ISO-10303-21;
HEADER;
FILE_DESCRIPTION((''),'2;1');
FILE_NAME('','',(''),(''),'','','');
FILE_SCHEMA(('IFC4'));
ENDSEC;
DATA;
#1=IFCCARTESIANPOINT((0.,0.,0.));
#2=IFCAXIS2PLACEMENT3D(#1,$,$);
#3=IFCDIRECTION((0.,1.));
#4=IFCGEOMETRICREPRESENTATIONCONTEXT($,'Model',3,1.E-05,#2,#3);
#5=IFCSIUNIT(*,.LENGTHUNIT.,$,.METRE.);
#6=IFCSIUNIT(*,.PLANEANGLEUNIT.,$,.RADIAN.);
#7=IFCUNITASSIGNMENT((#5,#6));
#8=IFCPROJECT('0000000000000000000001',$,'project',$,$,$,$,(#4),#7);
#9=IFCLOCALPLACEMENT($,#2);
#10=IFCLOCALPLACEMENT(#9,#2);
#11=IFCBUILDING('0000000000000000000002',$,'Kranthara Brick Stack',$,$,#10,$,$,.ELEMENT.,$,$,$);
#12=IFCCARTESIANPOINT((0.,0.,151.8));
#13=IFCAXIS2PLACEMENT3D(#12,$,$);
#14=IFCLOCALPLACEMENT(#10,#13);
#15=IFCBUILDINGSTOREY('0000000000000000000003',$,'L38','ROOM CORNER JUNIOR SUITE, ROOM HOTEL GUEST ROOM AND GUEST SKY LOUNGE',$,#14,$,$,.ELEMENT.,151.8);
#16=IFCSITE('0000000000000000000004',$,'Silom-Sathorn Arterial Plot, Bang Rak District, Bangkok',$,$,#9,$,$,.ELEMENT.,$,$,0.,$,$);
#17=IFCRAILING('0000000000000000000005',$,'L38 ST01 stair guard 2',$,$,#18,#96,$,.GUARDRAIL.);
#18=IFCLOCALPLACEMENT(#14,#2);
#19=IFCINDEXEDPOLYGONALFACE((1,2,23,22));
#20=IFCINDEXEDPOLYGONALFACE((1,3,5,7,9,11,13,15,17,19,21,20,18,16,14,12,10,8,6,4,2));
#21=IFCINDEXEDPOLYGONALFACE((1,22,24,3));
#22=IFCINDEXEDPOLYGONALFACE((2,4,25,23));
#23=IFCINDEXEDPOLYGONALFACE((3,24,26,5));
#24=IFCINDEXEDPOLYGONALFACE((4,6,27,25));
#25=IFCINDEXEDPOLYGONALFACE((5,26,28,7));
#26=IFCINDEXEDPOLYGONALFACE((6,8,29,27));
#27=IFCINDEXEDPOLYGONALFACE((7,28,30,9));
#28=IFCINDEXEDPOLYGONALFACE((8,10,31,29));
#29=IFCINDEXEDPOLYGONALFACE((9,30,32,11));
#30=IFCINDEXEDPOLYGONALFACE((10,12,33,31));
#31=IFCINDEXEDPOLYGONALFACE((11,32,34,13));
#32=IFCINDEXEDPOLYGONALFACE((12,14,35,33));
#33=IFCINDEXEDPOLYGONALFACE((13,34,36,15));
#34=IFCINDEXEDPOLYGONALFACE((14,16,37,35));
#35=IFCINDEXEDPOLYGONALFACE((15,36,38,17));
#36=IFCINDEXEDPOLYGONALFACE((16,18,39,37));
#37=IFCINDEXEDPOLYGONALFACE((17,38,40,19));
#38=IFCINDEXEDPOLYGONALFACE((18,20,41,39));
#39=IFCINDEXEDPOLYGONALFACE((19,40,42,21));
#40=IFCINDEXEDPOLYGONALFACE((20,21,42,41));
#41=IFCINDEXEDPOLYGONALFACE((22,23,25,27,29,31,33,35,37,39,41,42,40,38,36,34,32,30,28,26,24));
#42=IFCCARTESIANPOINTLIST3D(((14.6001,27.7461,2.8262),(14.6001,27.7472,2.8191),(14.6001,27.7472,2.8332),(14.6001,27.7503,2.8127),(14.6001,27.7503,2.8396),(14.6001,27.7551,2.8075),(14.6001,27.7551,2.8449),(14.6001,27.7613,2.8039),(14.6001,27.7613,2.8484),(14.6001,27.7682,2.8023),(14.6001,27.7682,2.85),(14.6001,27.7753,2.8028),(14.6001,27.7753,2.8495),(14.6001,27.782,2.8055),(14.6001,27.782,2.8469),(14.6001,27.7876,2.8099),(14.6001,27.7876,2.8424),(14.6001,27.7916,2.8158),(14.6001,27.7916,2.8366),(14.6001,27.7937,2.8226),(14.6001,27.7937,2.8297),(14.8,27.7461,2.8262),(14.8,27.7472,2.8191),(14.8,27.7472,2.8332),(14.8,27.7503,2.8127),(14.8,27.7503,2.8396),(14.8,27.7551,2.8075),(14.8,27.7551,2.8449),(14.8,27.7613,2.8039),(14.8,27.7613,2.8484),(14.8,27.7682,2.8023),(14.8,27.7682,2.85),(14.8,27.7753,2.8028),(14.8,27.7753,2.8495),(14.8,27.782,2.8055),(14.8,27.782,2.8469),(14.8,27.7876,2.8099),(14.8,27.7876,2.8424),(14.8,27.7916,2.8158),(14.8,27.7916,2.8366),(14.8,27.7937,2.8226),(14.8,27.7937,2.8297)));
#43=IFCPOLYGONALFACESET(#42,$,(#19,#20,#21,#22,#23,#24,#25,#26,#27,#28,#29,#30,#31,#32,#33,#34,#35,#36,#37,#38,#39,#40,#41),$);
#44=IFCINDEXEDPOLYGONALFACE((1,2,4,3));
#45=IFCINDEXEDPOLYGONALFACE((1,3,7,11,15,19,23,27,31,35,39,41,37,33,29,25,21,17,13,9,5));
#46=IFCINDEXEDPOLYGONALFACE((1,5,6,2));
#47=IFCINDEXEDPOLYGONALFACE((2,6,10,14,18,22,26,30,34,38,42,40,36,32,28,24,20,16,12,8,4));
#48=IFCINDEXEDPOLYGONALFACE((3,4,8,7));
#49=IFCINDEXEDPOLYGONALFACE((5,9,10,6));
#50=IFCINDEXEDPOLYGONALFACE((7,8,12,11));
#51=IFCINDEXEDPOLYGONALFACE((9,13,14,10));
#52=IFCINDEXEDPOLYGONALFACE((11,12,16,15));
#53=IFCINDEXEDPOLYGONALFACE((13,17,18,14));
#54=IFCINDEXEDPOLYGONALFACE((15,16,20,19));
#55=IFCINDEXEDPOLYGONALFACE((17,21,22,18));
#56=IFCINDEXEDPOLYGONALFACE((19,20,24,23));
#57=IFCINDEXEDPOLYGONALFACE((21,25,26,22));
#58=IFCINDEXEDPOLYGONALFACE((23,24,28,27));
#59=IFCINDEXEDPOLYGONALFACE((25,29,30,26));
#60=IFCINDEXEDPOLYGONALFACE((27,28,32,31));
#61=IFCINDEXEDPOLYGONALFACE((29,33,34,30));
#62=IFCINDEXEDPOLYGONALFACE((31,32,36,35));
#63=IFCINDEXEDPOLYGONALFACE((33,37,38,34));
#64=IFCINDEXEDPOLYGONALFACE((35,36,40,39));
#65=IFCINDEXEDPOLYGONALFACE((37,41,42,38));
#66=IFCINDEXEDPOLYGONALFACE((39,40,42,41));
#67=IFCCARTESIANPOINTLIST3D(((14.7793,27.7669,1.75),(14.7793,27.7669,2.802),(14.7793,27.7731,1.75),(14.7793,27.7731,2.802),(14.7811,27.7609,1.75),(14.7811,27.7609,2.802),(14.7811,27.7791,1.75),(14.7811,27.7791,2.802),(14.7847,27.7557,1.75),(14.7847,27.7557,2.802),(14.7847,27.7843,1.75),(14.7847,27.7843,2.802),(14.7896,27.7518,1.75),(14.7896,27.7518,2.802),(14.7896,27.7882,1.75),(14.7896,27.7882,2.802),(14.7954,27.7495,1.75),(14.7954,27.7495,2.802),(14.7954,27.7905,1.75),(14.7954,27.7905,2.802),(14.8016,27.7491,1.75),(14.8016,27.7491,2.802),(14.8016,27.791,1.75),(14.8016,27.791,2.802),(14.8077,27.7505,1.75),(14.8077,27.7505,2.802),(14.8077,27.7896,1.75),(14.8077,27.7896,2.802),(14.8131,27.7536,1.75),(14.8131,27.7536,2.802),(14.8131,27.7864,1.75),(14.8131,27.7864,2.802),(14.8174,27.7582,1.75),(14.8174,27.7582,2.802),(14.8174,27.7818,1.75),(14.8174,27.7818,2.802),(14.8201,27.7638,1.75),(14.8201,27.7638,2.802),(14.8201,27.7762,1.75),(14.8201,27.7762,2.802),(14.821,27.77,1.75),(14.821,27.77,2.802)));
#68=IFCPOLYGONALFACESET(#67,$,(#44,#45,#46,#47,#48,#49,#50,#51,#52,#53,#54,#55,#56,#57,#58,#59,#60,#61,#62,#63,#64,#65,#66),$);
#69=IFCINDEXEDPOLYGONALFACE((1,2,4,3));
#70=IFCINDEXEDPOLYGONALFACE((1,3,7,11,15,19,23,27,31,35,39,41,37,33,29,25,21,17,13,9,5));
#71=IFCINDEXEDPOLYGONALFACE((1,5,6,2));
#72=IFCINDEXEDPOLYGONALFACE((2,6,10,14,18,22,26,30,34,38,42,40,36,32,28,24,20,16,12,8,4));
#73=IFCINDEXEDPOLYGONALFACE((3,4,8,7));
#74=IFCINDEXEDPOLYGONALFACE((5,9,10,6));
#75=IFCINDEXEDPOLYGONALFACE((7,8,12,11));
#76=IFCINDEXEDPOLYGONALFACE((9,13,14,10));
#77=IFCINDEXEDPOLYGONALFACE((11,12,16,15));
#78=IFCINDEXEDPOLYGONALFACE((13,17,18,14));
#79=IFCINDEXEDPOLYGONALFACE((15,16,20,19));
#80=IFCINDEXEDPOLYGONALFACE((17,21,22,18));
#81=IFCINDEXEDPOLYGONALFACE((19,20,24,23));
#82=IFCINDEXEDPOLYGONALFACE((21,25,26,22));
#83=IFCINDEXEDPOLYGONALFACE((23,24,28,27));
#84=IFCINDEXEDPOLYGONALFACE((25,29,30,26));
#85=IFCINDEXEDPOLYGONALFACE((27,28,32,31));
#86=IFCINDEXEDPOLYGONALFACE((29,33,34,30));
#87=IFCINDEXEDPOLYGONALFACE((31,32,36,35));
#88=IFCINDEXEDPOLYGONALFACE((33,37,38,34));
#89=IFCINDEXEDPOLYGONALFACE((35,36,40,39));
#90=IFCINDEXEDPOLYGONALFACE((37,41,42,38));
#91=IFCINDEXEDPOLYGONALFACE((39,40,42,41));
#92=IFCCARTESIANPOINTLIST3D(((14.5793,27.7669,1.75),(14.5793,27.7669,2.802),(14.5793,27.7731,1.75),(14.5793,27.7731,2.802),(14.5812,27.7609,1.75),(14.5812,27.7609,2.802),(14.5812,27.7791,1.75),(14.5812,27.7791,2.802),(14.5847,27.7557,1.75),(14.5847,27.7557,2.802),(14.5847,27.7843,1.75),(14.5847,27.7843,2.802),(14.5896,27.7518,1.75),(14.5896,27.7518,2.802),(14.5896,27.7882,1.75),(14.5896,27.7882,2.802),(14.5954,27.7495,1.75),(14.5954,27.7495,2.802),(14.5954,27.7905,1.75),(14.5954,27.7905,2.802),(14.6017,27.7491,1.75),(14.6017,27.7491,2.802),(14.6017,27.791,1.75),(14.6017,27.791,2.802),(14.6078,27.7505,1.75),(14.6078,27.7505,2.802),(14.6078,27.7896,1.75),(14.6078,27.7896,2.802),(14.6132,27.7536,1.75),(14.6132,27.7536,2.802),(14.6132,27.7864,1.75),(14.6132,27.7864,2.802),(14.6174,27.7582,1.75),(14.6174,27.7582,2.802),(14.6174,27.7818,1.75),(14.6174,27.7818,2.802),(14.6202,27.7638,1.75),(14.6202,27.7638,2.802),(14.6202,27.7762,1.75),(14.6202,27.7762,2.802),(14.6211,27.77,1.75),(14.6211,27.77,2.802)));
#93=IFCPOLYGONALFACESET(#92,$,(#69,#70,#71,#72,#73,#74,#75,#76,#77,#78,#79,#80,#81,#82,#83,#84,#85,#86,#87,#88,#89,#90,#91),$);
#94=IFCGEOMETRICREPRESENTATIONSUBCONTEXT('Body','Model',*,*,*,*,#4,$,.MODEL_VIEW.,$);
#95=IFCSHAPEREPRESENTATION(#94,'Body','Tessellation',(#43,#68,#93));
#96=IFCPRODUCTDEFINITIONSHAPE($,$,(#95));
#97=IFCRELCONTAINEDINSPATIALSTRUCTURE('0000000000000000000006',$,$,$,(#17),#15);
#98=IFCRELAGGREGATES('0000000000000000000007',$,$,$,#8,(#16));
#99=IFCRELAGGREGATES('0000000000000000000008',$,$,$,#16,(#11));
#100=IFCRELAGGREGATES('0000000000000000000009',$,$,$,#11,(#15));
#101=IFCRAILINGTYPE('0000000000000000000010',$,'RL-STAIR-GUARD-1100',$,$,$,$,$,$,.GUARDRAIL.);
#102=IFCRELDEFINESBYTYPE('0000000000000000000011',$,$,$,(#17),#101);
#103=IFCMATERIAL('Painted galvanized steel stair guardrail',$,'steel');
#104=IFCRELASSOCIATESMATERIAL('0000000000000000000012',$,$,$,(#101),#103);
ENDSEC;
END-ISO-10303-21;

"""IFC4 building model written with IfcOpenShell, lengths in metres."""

from ifc_helpers import new_model, si_unit, direction, frame, origin, origin_2d, place, context, subcontext, project, spatial, circle, extrude, material, type_object, element, save


model = new_model("IFC4")

# Units and contexts
model_context = context("Model", 3, precision=1e-05, world=origin(), true_north=direction((0.0, 1.0)))
body_context = subcontext(model_context, "Body", "Model", "MODEL_VIEW")
ifc_project = project(units=[si_unit("LENGTHUNIT", "METRE"), si_unit("PLANEANGLEUNIT", "RADIAN")], contexts=[model_context])

# Site, building, storey
site_placement = place(None, origin())
site = spatial("IfcSite", under=ifc_project, at=site_placement, Name="Silom-Sathorn Arterial Plot, Bang Rak District, Bangkok", CompositionType="ELEMENT", RefElevation=0.0)
building_placement = place(site_placement, origin())
building = spatial("IfcBuilding", under=site, at=building_placement, Name="Kranthara Brick Stack", CompositionType="ELEMENT")
storey_placement = place(building_placement, frame((0.0, 0.0, 151.8)))
storey = spatial("IfcBuildingStorey", under=building, at=storey_placement, Name="L38", Description="ROOM CORNER JUNIOR SUITE, ROOM HOTEL GUEST ROOM AND GUEST SKY LOUNGE", CompositionType="ELEMENT", Elevation=151.8)

# Railing
ifc_material_1 = material(Name="Painted galvanized steel stair guardrail", Category="steel")
railing_type_1 = type_object("IfcRailingType", Name="RL-STAIR-GUARD-1100", PredefinedType="GUARDRAIL", material=ifc_material_1)
railing_1_placement = place(storey_placement, frame((14.8, 27.77, 1.75)))
element("IfcRailing", 1, at=railing_1_placement, inside=storey, type_object=railing_type_1, Name="L38 ST01 stair guard 2", PredefinedType="GUARDRAIL", context=body_context, shape_type="SweptSolid", body=[
    extrude(circle(Radius=0.0239, at=origin_2d()), frame((0.0, 0.0, 1.0762), z_axis=(-1.0, 0.0, 0.0), x_axis=(0.0, -1.0, 0.0)), (0.0, 0.0, 1.0), 0.2),
    extrude(circle(Radius=0.021, at=origin_2d()), origin(), (0.0, 0.0, 1.0), 1.052),
    extrude(circle(Radius=0.021, at=origin_2d()), frame((-0.2, 0.0, 0.0)), (0.0, 0.0, 1.0), 1.052),
])

save(model, "model.ifc")
